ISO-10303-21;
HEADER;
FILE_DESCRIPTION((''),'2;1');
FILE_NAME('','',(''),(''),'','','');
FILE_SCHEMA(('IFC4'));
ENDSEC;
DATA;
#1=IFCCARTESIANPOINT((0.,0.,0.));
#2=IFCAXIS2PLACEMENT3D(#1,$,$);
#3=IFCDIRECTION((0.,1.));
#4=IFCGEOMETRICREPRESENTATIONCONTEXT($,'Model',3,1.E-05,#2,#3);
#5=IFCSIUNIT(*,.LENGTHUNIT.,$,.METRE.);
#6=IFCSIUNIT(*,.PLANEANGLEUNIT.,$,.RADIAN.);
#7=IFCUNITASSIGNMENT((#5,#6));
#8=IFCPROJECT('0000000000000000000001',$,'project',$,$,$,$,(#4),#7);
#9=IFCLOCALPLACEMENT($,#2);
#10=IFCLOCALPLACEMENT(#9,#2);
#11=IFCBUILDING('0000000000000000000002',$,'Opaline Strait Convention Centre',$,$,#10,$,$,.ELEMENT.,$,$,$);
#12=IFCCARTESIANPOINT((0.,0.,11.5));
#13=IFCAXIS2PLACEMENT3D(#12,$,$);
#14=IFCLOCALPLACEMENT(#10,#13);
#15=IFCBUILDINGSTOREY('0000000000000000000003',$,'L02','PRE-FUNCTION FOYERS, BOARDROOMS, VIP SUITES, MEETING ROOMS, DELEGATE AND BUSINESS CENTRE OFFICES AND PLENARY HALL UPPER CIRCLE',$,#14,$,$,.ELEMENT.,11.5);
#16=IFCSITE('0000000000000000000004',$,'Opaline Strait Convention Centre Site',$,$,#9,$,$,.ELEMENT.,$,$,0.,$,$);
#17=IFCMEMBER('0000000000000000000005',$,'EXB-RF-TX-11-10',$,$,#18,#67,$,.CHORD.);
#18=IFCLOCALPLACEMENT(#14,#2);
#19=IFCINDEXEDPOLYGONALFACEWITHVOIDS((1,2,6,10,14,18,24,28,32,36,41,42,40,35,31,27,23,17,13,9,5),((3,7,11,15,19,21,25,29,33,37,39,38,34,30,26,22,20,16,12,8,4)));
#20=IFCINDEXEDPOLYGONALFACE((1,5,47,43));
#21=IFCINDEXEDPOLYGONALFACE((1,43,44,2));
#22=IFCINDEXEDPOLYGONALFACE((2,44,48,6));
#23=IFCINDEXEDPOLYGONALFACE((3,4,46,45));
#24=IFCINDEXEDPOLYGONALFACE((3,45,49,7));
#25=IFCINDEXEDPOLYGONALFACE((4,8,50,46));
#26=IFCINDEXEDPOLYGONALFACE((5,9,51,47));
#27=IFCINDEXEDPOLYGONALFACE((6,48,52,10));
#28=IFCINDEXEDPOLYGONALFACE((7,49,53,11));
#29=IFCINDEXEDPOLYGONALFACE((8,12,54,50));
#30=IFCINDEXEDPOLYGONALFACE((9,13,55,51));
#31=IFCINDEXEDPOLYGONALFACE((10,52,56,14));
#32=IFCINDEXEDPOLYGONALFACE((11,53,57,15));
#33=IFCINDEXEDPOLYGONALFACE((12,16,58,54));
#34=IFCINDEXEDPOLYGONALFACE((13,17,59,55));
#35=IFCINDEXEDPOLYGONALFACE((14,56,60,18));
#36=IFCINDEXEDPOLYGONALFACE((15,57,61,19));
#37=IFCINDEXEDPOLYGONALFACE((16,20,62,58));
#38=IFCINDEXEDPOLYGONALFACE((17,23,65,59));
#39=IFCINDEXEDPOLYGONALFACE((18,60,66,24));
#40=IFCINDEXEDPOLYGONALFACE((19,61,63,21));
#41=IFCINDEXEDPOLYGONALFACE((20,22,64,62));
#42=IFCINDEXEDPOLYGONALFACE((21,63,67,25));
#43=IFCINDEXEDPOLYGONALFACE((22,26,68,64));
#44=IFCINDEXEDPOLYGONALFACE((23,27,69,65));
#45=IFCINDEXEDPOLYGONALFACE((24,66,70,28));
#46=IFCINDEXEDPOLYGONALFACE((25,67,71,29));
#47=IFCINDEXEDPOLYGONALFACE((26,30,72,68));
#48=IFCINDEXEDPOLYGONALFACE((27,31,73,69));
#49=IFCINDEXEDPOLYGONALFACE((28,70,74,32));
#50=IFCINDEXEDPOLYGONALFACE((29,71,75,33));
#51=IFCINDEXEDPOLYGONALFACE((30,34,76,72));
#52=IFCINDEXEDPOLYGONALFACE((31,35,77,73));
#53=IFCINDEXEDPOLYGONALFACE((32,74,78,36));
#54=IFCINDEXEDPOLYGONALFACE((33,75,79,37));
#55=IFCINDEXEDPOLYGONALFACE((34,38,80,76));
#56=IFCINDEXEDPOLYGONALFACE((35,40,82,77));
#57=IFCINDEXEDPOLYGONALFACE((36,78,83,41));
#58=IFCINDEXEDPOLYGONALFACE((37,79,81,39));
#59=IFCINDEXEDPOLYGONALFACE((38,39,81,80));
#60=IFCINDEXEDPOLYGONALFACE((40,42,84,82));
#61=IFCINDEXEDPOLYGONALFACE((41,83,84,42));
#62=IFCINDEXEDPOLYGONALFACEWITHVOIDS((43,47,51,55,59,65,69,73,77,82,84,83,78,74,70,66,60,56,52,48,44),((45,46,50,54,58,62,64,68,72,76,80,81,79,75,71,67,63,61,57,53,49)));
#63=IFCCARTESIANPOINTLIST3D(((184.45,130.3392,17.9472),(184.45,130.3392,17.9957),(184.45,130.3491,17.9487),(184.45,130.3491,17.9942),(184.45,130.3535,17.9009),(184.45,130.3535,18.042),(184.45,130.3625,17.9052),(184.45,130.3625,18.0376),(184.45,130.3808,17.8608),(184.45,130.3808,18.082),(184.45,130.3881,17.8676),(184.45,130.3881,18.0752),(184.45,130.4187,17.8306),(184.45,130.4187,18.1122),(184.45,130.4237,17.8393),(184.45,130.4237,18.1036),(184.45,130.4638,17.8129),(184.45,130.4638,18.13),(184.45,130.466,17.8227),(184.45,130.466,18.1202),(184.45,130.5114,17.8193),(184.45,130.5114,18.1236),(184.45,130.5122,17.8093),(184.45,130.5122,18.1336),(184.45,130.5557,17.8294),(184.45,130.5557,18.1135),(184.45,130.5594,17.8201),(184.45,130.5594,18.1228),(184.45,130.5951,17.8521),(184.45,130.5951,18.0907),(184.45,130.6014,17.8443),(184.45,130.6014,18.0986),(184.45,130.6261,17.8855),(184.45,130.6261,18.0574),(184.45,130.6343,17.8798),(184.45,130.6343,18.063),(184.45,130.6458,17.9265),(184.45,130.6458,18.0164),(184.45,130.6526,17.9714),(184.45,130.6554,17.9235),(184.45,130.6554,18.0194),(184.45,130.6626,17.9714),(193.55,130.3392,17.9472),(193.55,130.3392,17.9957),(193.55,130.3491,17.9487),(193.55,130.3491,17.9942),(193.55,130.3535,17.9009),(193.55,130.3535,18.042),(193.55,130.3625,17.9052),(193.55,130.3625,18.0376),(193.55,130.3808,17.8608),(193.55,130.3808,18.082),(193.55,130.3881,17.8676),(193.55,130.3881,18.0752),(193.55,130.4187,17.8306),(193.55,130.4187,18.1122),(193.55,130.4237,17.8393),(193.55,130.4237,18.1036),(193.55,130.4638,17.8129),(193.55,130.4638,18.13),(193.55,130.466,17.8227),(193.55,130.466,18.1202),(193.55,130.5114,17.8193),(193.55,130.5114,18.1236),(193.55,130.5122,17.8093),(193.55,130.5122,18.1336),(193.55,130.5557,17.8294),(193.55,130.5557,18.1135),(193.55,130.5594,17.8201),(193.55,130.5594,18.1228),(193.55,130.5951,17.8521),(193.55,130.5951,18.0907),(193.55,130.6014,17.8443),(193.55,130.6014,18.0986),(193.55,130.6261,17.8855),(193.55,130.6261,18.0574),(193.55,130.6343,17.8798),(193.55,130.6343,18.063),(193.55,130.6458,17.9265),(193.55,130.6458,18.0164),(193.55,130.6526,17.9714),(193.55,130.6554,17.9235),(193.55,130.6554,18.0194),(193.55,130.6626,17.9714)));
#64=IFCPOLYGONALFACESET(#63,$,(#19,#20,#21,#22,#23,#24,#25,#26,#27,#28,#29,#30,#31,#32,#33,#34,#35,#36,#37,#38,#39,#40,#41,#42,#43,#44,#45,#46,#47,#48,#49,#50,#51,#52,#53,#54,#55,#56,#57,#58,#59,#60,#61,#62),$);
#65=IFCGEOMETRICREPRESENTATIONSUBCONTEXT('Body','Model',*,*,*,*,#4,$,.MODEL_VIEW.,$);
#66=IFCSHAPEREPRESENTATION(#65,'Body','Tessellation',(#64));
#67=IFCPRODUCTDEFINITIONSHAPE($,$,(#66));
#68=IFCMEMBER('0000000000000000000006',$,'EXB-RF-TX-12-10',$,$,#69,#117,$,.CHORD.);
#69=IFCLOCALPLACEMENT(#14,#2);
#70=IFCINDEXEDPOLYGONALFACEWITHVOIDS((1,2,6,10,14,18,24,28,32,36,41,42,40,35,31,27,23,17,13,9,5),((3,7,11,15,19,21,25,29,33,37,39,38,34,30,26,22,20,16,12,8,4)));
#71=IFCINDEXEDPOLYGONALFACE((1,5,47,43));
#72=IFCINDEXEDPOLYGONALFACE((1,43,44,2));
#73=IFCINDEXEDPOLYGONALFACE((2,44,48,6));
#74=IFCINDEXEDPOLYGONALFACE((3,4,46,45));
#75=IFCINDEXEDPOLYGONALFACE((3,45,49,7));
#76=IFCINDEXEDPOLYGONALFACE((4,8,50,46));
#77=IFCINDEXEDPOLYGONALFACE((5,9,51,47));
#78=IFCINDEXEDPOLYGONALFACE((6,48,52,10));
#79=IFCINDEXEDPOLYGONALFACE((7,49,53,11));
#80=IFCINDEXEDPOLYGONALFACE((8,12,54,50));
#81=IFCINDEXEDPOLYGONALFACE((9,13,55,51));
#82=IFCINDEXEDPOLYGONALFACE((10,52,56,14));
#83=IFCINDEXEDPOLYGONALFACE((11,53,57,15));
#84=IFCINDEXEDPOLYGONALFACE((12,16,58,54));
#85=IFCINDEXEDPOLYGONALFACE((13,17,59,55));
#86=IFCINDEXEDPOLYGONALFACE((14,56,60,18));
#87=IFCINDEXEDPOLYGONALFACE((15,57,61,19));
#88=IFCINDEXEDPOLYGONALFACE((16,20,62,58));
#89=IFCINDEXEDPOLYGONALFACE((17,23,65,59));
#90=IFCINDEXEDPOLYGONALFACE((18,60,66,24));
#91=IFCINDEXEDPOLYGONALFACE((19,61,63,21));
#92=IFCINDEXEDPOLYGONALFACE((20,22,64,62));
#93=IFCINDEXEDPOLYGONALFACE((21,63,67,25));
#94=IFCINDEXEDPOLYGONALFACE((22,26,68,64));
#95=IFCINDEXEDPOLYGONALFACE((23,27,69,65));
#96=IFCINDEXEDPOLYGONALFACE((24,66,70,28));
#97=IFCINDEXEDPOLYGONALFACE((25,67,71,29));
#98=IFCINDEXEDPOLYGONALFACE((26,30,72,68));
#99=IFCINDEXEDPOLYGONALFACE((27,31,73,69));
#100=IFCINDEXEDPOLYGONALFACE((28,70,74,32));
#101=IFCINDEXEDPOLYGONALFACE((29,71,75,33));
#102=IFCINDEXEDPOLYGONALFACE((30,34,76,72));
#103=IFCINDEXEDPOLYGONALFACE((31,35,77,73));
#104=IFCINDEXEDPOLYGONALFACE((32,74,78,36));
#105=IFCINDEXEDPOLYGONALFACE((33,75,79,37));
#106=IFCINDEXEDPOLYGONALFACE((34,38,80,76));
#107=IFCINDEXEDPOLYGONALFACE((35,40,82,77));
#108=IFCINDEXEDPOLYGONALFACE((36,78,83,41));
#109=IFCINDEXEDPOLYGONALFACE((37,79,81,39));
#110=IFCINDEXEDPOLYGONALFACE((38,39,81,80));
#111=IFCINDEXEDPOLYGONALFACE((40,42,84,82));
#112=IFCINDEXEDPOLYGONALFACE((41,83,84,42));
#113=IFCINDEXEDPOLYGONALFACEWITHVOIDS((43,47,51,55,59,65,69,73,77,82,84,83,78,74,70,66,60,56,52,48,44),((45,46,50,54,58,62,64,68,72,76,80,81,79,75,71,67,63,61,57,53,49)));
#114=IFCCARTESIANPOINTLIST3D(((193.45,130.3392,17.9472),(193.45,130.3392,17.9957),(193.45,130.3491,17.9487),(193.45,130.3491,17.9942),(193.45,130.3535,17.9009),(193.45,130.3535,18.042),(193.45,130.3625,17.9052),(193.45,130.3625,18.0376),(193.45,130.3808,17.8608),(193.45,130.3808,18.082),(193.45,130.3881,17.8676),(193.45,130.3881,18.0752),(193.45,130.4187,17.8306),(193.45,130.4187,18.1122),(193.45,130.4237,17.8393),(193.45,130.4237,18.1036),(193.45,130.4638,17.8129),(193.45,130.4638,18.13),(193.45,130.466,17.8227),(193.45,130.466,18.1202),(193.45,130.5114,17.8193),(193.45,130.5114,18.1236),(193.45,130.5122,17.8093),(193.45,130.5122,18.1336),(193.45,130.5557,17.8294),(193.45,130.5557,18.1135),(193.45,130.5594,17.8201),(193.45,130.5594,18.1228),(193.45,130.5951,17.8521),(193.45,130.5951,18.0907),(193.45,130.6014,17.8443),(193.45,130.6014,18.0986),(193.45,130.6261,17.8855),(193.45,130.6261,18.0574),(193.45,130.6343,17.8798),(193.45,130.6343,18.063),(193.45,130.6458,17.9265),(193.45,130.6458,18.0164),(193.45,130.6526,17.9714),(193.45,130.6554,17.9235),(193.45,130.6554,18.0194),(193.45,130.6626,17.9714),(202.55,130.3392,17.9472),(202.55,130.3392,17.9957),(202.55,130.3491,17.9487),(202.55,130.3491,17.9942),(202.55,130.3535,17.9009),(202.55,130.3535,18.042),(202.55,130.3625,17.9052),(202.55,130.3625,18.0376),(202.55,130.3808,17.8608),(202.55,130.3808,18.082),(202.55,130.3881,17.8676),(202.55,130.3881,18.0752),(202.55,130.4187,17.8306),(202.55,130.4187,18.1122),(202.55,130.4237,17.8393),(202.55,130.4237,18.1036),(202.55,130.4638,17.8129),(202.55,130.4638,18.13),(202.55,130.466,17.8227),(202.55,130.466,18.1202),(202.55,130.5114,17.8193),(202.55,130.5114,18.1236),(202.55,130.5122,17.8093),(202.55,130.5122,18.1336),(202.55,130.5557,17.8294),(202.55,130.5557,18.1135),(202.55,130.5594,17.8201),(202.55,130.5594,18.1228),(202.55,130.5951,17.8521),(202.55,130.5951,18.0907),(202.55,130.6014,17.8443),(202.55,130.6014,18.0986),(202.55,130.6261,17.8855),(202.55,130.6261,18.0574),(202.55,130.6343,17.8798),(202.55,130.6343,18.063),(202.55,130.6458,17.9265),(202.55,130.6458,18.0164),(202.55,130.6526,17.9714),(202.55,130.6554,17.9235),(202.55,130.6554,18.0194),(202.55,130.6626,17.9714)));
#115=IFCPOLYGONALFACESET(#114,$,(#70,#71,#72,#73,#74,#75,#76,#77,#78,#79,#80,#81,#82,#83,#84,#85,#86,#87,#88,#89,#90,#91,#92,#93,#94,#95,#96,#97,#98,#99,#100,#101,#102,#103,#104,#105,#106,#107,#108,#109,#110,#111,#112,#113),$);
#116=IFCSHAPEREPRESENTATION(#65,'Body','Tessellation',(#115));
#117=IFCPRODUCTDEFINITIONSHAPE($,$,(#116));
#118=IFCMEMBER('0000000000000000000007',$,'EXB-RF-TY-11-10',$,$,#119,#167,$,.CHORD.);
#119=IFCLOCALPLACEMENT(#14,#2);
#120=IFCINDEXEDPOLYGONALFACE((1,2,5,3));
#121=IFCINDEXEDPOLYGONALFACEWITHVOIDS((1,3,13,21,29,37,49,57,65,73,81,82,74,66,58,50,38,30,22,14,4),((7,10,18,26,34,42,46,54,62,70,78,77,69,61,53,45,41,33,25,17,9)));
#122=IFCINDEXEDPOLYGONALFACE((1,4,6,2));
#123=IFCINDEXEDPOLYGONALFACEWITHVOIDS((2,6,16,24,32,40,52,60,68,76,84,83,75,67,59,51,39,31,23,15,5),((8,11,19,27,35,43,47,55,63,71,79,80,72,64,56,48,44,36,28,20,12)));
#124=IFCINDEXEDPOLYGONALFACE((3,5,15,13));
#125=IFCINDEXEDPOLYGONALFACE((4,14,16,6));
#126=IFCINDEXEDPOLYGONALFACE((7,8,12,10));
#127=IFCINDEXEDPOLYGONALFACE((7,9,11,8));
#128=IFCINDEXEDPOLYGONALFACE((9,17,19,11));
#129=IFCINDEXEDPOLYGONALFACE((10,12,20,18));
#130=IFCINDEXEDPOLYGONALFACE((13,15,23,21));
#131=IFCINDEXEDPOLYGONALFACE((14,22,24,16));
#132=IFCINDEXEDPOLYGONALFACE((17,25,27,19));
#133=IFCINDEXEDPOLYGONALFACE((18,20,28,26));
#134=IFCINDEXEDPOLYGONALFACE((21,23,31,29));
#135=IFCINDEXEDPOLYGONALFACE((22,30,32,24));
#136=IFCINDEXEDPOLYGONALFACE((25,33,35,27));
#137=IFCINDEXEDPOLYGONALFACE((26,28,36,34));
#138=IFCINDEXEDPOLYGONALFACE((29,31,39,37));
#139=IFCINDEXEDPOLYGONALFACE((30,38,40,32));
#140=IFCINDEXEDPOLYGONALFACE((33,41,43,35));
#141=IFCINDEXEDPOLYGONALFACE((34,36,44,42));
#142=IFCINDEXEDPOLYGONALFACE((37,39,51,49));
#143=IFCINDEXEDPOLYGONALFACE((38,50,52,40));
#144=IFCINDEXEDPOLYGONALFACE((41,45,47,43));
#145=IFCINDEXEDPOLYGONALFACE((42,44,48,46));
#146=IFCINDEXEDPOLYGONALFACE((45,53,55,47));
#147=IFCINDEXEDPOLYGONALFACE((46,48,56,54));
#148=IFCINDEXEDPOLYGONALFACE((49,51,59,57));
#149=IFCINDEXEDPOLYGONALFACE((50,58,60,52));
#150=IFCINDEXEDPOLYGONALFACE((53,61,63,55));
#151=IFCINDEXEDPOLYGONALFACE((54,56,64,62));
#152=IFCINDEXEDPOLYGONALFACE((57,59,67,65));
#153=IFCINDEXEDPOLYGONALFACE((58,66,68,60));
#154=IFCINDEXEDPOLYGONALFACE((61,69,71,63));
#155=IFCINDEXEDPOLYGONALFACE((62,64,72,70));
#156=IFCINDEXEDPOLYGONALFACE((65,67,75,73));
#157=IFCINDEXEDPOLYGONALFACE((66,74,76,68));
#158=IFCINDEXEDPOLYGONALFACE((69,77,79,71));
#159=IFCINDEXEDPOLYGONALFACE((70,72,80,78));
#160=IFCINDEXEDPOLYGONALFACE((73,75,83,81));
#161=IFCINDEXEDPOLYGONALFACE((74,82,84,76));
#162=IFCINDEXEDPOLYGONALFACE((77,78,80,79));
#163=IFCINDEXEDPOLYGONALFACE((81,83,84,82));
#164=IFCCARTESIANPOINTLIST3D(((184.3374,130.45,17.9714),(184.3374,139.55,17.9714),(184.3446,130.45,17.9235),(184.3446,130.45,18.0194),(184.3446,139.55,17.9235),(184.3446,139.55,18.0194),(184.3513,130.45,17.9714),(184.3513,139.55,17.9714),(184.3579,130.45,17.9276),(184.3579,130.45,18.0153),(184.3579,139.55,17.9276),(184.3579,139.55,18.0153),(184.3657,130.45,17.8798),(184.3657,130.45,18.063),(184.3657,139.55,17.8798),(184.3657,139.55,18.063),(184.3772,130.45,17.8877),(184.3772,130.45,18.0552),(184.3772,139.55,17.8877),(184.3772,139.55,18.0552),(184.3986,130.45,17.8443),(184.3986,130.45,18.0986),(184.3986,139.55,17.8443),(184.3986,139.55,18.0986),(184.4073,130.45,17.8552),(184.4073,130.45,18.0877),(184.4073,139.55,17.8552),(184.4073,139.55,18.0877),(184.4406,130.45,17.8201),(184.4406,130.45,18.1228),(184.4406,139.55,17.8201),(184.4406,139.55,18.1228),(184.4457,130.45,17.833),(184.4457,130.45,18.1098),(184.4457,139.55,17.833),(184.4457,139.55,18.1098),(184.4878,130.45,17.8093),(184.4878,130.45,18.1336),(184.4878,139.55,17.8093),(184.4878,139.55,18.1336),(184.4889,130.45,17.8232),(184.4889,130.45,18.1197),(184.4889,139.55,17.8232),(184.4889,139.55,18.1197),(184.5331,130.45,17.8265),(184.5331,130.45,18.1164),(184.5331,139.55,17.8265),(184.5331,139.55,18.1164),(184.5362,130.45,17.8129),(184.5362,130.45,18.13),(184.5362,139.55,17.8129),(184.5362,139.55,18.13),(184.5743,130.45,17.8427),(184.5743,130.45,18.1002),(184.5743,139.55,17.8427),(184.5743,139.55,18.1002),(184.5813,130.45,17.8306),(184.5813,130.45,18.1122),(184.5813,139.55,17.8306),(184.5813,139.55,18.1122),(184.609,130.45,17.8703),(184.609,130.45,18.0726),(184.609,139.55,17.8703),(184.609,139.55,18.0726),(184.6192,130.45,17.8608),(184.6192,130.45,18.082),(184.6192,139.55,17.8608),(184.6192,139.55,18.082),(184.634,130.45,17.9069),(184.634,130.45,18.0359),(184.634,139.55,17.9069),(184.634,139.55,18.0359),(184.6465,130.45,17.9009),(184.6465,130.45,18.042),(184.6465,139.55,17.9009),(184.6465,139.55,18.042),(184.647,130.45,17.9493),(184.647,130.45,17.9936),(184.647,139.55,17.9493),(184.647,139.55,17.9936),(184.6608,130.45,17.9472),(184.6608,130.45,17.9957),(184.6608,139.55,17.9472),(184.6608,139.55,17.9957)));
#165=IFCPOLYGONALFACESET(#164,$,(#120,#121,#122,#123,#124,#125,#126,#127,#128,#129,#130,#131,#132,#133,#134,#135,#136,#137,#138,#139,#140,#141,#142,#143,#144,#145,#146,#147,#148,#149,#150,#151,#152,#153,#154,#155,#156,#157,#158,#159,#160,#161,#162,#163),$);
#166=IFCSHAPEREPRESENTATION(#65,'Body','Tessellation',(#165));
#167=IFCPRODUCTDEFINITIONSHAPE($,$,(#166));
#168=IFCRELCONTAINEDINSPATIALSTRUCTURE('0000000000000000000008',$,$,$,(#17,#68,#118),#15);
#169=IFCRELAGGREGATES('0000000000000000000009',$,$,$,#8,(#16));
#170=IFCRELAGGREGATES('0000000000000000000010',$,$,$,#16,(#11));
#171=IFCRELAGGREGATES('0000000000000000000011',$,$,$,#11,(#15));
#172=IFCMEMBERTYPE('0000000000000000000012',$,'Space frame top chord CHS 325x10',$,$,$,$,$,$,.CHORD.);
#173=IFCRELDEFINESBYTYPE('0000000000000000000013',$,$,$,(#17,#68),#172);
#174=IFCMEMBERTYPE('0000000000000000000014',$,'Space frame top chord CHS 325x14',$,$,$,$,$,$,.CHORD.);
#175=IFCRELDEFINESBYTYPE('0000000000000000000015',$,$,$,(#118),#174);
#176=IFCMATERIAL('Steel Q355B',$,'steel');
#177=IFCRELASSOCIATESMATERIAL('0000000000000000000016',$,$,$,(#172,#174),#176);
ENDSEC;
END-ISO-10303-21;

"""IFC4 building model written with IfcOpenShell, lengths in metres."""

from ifc_helpers import new_model, si_unit, direction, frame, origin, origin_2d, place, context, subcontext, project, spatial, hollow_circle, extrude, material, material_profile, profile_set, type_object, element, save


model = new_model("IFC4")

# Units and contexts
model_context = context("Model", 3, precision=1e-05, world=origin(), true_north=direction((0.0, 1.0)))
body_context = subcontext(model_context, "Body", "Model", "MODEL_VIEW")
ifc_project = project(units=[si_unit("LENGTHUNIT", "METRE"), si_unit("PLANEANGLEUNIT", "RADIAN")], contexts=[model_context])

# Site, building, storey
site_placement = place(None, origin())
site = spatial("IfcSite", under=ifc_project, at=site_placement, Name="Opaline Strait Convention Centre Site", CompositionType="ELEMENT", RefElevation=0.0)
building_placement = place(site_placement, origin())
building = spatial("IfcBuilding", under=site, at=building_placement, Name="Opaline Strait Convention Centre", CompositionType="ELEMENT")
storey_placement = place(building_placement, frame((0.0, 0.0, 11.5)))
storey = spatial("IfcBuildingStorey", under=building, at=storey_placement, Name="L02", Description="PRE-FUNCTION FOYERS, BOARDROOMS, VIP SUITES, MEETING ROOMS, DELEGATE AND BUSINESS CENTRE OFFICES AND PLENARY HALL UPPER CIRCLE", CompositionType="ELEMENT", Elevation=11.5)

# Members
ifc_material = material(Name="Steel Q355B", Category="steel")
ifc_material_profile_1 = material_profile(ifc_material, hollow_circle(Radius=0.1626, WallThickness=0.01, at=origin_2d()), Name="CHS 325x10")
ifc_profile_set_1 = profile_set([ifc_material_profile_1], Name="Steel Q355B")
member_type_1 = type_object("IfcMemberType", Name="Space frame top chord CHS 325x10", PredefinedType="CHORD", material=ifc_profile_set_1)
for number, where, z_axis, x_axis, name in (
    (1, (184.45, 130.5, 17.9714), (1.0, 0.0, 0.0), (0.0, 1.0, 0.0), "EXB-RF-TX-11-10"),
    (2, (193.45, 130.5, 17.9714), (1.0, 0.0, 0.0), (0.0, 1.0, 0.0), "EXB-RF-TX-12-10"),
):
    element("IfcMember", number, at=place(storey_placement, frame(where, z_axis=z_axis, x_axis=x_axis)), inside=storey, type_object=member_type_1, Name=name, PredefinedType="CHORD", context=body_context, shape_type="SweptSolid", body=[
        extrude(hollow_circle(Radius=0.1626, WallThickness=0.01, at=origin_2d()), origin(), (0.0, 0.0, 1.0), 9.1001),
    ])
ifc_material_profile_2 = material_profile(ifc_material, hollow_circle(Radius=0.1626, WallThickness=0.0139, at=origin_2d()), Name="CHS 325x14")
ifc_profile_set_2 = profile_set([ifc_material_profile_2], Name="Steel Q355B")
member_type_2 = type_object("IfcMemberType", Name="Space frame top chord CHS 325x14", PredefinedType="CHORD", material=ifc_profile_set_2)
for number, where, z_axis, x_axis, name in (
    (3, (184.5, 130.45, 17.9714), (0.0, 1.0, 0.0), (-1.0, 0.0, 0.0), "EXB-RF-TY-11-10"),
):
    element("IfcMember", number, at=place(storey_placement, frame(where, z_axis=z_axis, x_axis=x_axis)), inside=storey, type_object=member_type_2, Name=name, PredefinedType="CHORD", context=body_context, shape_type="SweptSolid", body=[
        extrude(hollow_circle(Radius=0.1626, WallThickness=0.0139, at=origin_2d()), origin(), (0.0, 0.0, 1.0), 9.1001),
    ])

save(model, "model.ifc")
